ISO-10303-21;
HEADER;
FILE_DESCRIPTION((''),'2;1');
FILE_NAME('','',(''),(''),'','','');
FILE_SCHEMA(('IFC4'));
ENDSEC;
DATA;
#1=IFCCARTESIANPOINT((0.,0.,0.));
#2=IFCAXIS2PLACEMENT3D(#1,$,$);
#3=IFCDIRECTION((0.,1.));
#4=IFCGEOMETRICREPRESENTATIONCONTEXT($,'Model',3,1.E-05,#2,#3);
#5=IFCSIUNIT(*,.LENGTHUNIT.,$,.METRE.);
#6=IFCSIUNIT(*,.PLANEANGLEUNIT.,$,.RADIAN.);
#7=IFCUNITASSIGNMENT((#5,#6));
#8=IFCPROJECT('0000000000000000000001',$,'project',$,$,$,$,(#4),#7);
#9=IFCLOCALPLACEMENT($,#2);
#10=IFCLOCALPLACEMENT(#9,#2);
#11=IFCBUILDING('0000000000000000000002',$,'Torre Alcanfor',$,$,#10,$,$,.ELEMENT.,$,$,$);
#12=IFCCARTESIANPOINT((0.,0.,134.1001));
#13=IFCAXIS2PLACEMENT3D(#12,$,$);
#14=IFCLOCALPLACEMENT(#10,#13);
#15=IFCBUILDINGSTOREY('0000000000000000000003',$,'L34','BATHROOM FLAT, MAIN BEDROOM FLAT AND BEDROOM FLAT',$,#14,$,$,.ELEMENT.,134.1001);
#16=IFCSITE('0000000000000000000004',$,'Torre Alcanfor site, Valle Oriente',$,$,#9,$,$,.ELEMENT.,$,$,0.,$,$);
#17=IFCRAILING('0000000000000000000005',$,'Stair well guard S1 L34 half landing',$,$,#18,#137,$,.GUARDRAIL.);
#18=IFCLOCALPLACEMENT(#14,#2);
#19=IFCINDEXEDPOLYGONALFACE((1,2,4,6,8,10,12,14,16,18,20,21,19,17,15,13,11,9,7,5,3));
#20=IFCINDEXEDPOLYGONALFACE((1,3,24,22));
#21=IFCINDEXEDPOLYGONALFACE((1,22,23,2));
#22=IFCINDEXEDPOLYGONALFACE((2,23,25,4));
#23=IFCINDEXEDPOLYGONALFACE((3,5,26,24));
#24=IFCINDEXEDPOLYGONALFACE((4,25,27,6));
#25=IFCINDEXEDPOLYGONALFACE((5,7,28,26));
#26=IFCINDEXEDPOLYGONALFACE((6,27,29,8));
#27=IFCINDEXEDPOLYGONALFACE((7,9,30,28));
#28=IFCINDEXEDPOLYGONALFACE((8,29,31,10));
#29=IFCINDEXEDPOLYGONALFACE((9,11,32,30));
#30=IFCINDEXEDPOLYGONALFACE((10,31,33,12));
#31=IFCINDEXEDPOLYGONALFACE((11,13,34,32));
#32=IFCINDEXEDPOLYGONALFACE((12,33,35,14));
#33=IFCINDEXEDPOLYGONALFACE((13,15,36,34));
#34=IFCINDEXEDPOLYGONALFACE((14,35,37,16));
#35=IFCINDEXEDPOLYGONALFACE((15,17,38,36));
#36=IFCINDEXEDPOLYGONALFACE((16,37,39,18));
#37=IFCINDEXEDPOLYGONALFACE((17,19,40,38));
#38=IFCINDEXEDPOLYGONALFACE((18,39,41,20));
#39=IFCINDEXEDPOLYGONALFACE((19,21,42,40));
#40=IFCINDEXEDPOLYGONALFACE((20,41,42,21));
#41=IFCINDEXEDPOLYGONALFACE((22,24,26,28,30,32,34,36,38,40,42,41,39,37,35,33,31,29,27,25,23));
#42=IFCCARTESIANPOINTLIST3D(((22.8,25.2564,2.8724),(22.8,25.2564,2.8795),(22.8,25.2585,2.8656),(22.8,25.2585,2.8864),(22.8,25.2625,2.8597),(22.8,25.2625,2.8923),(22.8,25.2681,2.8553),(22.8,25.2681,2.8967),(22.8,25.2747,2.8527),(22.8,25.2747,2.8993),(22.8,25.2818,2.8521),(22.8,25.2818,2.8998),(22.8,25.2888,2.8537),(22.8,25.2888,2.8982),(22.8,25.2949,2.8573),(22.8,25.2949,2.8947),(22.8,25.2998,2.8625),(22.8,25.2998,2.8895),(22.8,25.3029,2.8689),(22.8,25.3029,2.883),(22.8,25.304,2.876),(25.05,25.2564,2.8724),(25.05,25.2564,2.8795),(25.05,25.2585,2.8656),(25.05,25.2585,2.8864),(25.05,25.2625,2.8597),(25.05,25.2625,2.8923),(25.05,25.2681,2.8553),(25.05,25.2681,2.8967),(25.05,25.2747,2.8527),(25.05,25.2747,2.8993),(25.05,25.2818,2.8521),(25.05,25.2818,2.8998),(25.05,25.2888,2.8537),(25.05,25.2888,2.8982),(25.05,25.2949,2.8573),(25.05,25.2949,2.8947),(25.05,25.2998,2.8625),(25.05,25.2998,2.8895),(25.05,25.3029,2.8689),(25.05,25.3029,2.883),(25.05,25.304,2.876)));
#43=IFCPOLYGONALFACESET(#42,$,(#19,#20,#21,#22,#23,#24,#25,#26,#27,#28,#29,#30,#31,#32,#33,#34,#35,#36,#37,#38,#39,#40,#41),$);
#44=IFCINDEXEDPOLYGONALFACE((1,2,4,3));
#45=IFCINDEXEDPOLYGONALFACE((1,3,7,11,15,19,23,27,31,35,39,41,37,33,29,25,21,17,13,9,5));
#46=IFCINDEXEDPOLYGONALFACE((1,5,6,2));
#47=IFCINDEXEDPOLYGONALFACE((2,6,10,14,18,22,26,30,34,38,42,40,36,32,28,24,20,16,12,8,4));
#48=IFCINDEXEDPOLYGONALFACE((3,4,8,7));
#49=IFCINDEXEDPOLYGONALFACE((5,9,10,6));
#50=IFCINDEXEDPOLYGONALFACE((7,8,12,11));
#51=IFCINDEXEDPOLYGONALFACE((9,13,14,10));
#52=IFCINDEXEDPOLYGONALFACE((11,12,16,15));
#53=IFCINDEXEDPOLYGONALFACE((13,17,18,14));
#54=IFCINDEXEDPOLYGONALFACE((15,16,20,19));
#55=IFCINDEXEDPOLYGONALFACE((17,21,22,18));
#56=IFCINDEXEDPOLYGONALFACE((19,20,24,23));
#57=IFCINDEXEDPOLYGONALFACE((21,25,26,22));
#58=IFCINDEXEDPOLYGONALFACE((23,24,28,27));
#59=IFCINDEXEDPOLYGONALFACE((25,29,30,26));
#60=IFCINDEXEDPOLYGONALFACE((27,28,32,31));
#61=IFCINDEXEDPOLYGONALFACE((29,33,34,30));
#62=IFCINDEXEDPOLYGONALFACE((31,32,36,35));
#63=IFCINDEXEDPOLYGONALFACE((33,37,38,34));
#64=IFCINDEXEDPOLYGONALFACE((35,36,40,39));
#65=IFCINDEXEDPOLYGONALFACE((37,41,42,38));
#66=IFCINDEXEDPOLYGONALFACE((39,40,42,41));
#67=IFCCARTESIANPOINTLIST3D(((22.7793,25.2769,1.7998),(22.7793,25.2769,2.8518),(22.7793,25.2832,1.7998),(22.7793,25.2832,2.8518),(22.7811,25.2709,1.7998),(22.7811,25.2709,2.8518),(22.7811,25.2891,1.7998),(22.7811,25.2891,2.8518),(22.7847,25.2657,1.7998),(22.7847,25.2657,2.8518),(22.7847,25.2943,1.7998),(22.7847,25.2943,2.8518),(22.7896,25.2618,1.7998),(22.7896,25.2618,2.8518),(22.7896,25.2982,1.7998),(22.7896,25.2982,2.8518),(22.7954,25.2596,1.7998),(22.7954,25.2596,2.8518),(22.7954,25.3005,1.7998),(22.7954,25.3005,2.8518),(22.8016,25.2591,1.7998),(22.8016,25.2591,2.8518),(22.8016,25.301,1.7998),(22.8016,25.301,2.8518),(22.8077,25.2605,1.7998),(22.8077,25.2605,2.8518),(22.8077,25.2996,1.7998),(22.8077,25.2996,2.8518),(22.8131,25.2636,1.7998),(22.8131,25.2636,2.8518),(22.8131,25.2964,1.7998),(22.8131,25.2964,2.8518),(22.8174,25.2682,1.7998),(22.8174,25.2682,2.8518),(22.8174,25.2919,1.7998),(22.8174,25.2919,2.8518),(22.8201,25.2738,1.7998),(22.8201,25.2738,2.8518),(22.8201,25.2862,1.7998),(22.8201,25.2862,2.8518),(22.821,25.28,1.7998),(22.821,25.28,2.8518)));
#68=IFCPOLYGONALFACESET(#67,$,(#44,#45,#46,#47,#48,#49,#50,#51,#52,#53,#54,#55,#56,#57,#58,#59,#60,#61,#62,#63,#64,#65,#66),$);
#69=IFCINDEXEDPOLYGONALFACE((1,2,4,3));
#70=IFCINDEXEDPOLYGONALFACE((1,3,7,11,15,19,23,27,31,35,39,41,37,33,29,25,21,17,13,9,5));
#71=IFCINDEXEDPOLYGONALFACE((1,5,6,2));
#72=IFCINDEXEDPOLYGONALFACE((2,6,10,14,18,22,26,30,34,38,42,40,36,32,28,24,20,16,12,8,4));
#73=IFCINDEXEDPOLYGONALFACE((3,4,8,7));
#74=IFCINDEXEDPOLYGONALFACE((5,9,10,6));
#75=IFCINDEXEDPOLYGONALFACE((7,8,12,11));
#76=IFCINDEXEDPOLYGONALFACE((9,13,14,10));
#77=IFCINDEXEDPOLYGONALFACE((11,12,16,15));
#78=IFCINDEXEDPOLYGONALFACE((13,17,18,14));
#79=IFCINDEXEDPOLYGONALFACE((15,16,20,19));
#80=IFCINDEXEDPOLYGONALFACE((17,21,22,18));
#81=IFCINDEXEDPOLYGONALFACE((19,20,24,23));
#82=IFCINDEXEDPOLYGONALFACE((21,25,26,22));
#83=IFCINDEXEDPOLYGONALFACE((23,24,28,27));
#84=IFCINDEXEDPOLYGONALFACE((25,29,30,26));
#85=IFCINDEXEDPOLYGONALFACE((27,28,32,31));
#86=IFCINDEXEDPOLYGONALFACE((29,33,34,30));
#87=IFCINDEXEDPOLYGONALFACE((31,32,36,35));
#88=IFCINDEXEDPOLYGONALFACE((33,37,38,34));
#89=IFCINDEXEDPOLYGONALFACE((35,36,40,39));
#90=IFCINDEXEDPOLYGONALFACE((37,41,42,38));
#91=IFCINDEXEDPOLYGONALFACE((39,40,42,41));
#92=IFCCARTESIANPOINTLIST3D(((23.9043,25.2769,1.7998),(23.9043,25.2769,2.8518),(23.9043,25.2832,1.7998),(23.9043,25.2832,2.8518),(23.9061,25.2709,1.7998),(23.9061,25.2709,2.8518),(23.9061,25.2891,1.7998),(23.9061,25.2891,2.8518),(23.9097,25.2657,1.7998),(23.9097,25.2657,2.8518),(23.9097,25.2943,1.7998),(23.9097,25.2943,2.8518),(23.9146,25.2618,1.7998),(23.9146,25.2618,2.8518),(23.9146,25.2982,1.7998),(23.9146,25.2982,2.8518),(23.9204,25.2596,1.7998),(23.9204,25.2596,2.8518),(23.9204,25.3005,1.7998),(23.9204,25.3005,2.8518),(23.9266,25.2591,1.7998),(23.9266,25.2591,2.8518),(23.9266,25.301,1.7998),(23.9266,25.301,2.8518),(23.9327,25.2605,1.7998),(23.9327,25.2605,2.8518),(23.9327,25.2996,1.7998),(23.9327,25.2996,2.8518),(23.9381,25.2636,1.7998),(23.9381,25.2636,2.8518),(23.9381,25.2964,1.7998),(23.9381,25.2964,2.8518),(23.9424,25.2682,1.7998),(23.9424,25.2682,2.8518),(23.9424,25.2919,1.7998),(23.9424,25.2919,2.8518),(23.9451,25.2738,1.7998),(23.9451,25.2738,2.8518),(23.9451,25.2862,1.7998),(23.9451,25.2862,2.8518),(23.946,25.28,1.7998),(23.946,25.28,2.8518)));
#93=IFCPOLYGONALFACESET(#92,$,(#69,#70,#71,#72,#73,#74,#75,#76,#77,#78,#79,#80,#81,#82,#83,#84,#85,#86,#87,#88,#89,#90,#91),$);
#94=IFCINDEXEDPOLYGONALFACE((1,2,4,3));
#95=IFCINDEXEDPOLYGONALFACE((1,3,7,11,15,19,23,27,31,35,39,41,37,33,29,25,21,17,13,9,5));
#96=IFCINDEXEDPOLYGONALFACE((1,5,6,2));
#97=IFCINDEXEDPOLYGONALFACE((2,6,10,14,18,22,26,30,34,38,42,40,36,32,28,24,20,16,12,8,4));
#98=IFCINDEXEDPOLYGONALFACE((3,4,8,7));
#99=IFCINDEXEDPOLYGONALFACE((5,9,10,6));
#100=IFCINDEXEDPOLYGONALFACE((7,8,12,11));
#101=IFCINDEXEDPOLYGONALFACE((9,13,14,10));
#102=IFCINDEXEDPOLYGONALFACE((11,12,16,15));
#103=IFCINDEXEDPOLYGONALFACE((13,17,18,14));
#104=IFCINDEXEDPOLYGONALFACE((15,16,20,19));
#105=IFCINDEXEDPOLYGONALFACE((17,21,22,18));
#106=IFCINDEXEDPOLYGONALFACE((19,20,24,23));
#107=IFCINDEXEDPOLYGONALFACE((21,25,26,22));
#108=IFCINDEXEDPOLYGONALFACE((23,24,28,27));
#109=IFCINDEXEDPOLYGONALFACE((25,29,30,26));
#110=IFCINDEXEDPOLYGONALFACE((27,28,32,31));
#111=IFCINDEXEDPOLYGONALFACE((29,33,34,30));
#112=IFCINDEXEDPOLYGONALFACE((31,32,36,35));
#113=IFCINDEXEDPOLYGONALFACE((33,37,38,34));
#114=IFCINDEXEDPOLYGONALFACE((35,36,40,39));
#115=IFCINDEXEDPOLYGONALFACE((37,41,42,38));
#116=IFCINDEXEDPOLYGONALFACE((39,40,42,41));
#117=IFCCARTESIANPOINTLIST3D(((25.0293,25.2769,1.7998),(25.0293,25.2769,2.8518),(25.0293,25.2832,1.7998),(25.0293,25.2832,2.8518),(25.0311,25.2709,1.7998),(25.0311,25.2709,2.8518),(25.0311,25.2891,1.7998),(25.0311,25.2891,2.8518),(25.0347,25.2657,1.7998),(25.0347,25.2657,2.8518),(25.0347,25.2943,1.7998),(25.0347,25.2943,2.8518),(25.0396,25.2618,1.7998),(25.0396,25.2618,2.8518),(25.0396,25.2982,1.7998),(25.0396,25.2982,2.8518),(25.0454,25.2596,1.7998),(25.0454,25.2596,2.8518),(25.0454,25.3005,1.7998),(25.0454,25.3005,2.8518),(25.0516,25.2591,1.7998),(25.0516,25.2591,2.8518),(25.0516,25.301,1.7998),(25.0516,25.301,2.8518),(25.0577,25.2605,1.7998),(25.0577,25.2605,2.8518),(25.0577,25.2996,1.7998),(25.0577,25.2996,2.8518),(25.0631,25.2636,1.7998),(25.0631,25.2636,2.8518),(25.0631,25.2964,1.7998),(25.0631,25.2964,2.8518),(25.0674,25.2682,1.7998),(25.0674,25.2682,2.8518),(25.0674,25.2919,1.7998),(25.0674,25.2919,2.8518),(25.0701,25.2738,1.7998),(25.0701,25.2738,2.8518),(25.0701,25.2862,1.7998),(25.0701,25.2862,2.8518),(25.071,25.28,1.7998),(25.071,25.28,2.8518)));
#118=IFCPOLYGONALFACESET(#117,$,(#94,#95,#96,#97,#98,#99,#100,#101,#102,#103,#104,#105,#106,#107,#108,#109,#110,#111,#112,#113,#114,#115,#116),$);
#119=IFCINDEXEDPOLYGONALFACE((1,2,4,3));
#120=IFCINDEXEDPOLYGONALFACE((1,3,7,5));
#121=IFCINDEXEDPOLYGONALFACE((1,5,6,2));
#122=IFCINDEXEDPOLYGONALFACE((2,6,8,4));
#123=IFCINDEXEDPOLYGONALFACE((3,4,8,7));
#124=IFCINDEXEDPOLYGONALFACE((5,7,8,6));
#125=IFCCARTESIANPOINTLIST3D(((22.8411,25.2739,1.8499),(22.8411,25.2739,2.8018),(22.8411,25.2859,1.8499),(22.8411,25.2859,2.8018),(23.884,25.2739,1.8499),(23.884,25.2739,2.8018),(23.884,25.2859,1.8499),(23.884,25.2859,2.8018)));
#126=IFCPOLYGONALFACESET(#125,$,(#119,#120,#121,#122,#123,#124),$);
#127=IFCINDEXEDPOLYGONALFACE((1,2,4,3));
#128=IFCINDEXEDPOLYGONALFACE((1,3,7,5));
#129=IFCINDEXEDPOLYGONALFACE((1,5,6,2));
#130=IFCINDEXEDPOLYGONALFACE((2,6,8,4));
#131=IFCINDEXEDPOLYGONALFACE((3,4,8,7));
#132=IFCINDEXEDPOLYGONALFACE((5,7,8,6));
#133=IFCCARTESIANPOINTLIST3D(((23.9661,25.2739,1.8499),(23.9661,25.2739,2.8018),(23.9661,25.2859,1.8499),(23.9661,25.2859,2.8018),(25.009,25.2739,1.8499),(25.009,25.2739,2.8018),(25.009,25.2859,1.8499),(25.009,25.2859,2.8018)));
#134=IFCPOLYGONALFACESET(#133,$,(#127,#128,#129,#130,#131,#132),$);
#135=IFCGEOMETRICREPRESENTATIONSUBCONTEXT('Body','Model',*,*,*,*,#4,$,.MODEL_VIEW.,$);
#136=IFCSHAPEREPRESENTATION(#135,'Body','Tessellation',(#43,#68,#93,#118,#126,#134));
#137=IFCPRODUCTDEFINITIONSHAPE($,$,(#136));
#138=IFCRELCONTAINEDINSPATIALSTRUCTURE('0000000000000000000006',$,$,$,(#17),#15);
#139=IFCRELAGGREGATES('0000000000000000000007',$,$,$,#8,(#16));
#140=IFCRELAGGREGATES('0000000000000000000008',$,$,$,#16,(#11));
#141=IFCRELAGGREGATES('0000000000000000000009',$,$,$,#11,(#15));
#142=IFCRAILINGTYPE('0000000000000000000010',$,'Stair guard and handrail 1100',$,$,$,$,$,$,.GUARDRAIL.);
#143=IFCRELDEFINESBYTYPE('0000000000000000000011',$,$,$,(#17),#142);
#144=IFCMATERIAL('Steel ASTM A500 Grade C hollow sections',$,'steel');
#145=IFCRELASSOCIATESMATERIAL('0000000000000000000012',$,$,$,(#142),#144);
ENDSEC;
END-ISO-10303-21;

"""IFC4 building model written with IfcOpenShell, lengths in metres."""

from ifc_helpers import new_model, si_unit, direction, frame, origin, origin_2d, place, context, subcontext, project, spatial, polyline, circle, outline, extrude, material, type_object, element, save


model = new_model("IFC4")

# Units and contexts
model_context = context("Model", 3, precision=1e-05, world=origin(), true_north=direction((0.0, 1.0)))
body_context = subcontext(model_context, "Body", "Model", "MODEL_VIEW")
ifc_project = project(units=[si_unit("LENGTHUNIT", "METRE"), si_unit("PLANEANGLEUNIT", "RADIAN")], contexts=[model_context])

# Site, building, storey
site_placement = place(None, origin())
site = spatial("IfcSite", under=ifc_project, at=site_placement, Name="Torre Alcanfor site, Valle Oriente", CompositionType="ELEMENT", RefElevation=0.0)
building_placement = place(site_placement, origin())
building = spatial("IfcBuilding", under=site, at=building_placement, Name="Torre Alcanfor", CompositionType="ELEMENT")
storey_placement = place(building_placement, frame((0.0, 0.0, 134.1001)))
storey = spatial("IfcBuildingStorey", under=building, at=storey_placement, Name="L34", Description="BATHROOM FLAT, MAIN BEDROOM FLAT AND BEDROOM FLAT", CompositionType="ELEMENT", Elevation=134.1001)

# Railing
ifc_material_1 = material(Name="Steel ASTM A500 Grade C hollow sections", Category="steel")
railing_type_1 = type_object("IfcRailingType", Name="Stair guard and handrail 1100", PredefinedType="GUARDRAIL", material=ifc_material_1)
railing_1_placement = place(storey_placement, frame((22.8, 25.28, 1.7998)))
element("IfcRailing", 1, at=railing_1_placement, inside=storey, type_object=railing_type_1, Name="Stair well guard S1 L34 half landing", PredefinedType="GUARDRAIL", context=body_context, shape_type="SweptSolid", body=[
    extrude(circle(Radius=0.0239, at=origin_2d()), frame((0.0, 0.0, 1.0762), z_axis=(1.0, 0.0, 0.0), x_axis=(0.0, 1.0, 0.0)), (0.0, 0.0, 1.0), 2.25),
    extrude(circle(Radius=0.021, at=origin_2d()), origin(), (0.0, 0.0, 1.0), 1.052),
    extrude(circle(Radius=0.021, at=origin_2d()), frame((1.125, 0.0, 0.0)), (0.0, 0.0, 1.0), 1.052),
    extrude(circle(Radius=0.021, at=origin_2d()), frame((2.25, 0.0, 0.0)), (0.0, 0.0, 1.0), 1.052),
    extrude(outline(polyline([(0.041, 0.05), (1.084, 0.05), (1.084, 1.002), (0.041, 1.002), (0.041, 0.05)])), frame((0.0, 0.0059, 0.0), z_axis=(0.0, -1.0, 0.0), x_axis=(1.0, 0.0, 0.0)), (0.0, 0.0, 1.0), 0.012),
    extrude(outline(polyline([(1.166, 0.05), (2.209, 0.05), (2.209, 1.002), (1.166, 1.002), (1.166, 0.05)])), frame((0.0, 0.0059, 0.0), z_axis=(0.0, -1.0, 0.0), x_axis=(1.0, 0.0, 0.0)), (0.0, 0.0, 1.0), 0.012),
])

save(model, "model.ifc")
